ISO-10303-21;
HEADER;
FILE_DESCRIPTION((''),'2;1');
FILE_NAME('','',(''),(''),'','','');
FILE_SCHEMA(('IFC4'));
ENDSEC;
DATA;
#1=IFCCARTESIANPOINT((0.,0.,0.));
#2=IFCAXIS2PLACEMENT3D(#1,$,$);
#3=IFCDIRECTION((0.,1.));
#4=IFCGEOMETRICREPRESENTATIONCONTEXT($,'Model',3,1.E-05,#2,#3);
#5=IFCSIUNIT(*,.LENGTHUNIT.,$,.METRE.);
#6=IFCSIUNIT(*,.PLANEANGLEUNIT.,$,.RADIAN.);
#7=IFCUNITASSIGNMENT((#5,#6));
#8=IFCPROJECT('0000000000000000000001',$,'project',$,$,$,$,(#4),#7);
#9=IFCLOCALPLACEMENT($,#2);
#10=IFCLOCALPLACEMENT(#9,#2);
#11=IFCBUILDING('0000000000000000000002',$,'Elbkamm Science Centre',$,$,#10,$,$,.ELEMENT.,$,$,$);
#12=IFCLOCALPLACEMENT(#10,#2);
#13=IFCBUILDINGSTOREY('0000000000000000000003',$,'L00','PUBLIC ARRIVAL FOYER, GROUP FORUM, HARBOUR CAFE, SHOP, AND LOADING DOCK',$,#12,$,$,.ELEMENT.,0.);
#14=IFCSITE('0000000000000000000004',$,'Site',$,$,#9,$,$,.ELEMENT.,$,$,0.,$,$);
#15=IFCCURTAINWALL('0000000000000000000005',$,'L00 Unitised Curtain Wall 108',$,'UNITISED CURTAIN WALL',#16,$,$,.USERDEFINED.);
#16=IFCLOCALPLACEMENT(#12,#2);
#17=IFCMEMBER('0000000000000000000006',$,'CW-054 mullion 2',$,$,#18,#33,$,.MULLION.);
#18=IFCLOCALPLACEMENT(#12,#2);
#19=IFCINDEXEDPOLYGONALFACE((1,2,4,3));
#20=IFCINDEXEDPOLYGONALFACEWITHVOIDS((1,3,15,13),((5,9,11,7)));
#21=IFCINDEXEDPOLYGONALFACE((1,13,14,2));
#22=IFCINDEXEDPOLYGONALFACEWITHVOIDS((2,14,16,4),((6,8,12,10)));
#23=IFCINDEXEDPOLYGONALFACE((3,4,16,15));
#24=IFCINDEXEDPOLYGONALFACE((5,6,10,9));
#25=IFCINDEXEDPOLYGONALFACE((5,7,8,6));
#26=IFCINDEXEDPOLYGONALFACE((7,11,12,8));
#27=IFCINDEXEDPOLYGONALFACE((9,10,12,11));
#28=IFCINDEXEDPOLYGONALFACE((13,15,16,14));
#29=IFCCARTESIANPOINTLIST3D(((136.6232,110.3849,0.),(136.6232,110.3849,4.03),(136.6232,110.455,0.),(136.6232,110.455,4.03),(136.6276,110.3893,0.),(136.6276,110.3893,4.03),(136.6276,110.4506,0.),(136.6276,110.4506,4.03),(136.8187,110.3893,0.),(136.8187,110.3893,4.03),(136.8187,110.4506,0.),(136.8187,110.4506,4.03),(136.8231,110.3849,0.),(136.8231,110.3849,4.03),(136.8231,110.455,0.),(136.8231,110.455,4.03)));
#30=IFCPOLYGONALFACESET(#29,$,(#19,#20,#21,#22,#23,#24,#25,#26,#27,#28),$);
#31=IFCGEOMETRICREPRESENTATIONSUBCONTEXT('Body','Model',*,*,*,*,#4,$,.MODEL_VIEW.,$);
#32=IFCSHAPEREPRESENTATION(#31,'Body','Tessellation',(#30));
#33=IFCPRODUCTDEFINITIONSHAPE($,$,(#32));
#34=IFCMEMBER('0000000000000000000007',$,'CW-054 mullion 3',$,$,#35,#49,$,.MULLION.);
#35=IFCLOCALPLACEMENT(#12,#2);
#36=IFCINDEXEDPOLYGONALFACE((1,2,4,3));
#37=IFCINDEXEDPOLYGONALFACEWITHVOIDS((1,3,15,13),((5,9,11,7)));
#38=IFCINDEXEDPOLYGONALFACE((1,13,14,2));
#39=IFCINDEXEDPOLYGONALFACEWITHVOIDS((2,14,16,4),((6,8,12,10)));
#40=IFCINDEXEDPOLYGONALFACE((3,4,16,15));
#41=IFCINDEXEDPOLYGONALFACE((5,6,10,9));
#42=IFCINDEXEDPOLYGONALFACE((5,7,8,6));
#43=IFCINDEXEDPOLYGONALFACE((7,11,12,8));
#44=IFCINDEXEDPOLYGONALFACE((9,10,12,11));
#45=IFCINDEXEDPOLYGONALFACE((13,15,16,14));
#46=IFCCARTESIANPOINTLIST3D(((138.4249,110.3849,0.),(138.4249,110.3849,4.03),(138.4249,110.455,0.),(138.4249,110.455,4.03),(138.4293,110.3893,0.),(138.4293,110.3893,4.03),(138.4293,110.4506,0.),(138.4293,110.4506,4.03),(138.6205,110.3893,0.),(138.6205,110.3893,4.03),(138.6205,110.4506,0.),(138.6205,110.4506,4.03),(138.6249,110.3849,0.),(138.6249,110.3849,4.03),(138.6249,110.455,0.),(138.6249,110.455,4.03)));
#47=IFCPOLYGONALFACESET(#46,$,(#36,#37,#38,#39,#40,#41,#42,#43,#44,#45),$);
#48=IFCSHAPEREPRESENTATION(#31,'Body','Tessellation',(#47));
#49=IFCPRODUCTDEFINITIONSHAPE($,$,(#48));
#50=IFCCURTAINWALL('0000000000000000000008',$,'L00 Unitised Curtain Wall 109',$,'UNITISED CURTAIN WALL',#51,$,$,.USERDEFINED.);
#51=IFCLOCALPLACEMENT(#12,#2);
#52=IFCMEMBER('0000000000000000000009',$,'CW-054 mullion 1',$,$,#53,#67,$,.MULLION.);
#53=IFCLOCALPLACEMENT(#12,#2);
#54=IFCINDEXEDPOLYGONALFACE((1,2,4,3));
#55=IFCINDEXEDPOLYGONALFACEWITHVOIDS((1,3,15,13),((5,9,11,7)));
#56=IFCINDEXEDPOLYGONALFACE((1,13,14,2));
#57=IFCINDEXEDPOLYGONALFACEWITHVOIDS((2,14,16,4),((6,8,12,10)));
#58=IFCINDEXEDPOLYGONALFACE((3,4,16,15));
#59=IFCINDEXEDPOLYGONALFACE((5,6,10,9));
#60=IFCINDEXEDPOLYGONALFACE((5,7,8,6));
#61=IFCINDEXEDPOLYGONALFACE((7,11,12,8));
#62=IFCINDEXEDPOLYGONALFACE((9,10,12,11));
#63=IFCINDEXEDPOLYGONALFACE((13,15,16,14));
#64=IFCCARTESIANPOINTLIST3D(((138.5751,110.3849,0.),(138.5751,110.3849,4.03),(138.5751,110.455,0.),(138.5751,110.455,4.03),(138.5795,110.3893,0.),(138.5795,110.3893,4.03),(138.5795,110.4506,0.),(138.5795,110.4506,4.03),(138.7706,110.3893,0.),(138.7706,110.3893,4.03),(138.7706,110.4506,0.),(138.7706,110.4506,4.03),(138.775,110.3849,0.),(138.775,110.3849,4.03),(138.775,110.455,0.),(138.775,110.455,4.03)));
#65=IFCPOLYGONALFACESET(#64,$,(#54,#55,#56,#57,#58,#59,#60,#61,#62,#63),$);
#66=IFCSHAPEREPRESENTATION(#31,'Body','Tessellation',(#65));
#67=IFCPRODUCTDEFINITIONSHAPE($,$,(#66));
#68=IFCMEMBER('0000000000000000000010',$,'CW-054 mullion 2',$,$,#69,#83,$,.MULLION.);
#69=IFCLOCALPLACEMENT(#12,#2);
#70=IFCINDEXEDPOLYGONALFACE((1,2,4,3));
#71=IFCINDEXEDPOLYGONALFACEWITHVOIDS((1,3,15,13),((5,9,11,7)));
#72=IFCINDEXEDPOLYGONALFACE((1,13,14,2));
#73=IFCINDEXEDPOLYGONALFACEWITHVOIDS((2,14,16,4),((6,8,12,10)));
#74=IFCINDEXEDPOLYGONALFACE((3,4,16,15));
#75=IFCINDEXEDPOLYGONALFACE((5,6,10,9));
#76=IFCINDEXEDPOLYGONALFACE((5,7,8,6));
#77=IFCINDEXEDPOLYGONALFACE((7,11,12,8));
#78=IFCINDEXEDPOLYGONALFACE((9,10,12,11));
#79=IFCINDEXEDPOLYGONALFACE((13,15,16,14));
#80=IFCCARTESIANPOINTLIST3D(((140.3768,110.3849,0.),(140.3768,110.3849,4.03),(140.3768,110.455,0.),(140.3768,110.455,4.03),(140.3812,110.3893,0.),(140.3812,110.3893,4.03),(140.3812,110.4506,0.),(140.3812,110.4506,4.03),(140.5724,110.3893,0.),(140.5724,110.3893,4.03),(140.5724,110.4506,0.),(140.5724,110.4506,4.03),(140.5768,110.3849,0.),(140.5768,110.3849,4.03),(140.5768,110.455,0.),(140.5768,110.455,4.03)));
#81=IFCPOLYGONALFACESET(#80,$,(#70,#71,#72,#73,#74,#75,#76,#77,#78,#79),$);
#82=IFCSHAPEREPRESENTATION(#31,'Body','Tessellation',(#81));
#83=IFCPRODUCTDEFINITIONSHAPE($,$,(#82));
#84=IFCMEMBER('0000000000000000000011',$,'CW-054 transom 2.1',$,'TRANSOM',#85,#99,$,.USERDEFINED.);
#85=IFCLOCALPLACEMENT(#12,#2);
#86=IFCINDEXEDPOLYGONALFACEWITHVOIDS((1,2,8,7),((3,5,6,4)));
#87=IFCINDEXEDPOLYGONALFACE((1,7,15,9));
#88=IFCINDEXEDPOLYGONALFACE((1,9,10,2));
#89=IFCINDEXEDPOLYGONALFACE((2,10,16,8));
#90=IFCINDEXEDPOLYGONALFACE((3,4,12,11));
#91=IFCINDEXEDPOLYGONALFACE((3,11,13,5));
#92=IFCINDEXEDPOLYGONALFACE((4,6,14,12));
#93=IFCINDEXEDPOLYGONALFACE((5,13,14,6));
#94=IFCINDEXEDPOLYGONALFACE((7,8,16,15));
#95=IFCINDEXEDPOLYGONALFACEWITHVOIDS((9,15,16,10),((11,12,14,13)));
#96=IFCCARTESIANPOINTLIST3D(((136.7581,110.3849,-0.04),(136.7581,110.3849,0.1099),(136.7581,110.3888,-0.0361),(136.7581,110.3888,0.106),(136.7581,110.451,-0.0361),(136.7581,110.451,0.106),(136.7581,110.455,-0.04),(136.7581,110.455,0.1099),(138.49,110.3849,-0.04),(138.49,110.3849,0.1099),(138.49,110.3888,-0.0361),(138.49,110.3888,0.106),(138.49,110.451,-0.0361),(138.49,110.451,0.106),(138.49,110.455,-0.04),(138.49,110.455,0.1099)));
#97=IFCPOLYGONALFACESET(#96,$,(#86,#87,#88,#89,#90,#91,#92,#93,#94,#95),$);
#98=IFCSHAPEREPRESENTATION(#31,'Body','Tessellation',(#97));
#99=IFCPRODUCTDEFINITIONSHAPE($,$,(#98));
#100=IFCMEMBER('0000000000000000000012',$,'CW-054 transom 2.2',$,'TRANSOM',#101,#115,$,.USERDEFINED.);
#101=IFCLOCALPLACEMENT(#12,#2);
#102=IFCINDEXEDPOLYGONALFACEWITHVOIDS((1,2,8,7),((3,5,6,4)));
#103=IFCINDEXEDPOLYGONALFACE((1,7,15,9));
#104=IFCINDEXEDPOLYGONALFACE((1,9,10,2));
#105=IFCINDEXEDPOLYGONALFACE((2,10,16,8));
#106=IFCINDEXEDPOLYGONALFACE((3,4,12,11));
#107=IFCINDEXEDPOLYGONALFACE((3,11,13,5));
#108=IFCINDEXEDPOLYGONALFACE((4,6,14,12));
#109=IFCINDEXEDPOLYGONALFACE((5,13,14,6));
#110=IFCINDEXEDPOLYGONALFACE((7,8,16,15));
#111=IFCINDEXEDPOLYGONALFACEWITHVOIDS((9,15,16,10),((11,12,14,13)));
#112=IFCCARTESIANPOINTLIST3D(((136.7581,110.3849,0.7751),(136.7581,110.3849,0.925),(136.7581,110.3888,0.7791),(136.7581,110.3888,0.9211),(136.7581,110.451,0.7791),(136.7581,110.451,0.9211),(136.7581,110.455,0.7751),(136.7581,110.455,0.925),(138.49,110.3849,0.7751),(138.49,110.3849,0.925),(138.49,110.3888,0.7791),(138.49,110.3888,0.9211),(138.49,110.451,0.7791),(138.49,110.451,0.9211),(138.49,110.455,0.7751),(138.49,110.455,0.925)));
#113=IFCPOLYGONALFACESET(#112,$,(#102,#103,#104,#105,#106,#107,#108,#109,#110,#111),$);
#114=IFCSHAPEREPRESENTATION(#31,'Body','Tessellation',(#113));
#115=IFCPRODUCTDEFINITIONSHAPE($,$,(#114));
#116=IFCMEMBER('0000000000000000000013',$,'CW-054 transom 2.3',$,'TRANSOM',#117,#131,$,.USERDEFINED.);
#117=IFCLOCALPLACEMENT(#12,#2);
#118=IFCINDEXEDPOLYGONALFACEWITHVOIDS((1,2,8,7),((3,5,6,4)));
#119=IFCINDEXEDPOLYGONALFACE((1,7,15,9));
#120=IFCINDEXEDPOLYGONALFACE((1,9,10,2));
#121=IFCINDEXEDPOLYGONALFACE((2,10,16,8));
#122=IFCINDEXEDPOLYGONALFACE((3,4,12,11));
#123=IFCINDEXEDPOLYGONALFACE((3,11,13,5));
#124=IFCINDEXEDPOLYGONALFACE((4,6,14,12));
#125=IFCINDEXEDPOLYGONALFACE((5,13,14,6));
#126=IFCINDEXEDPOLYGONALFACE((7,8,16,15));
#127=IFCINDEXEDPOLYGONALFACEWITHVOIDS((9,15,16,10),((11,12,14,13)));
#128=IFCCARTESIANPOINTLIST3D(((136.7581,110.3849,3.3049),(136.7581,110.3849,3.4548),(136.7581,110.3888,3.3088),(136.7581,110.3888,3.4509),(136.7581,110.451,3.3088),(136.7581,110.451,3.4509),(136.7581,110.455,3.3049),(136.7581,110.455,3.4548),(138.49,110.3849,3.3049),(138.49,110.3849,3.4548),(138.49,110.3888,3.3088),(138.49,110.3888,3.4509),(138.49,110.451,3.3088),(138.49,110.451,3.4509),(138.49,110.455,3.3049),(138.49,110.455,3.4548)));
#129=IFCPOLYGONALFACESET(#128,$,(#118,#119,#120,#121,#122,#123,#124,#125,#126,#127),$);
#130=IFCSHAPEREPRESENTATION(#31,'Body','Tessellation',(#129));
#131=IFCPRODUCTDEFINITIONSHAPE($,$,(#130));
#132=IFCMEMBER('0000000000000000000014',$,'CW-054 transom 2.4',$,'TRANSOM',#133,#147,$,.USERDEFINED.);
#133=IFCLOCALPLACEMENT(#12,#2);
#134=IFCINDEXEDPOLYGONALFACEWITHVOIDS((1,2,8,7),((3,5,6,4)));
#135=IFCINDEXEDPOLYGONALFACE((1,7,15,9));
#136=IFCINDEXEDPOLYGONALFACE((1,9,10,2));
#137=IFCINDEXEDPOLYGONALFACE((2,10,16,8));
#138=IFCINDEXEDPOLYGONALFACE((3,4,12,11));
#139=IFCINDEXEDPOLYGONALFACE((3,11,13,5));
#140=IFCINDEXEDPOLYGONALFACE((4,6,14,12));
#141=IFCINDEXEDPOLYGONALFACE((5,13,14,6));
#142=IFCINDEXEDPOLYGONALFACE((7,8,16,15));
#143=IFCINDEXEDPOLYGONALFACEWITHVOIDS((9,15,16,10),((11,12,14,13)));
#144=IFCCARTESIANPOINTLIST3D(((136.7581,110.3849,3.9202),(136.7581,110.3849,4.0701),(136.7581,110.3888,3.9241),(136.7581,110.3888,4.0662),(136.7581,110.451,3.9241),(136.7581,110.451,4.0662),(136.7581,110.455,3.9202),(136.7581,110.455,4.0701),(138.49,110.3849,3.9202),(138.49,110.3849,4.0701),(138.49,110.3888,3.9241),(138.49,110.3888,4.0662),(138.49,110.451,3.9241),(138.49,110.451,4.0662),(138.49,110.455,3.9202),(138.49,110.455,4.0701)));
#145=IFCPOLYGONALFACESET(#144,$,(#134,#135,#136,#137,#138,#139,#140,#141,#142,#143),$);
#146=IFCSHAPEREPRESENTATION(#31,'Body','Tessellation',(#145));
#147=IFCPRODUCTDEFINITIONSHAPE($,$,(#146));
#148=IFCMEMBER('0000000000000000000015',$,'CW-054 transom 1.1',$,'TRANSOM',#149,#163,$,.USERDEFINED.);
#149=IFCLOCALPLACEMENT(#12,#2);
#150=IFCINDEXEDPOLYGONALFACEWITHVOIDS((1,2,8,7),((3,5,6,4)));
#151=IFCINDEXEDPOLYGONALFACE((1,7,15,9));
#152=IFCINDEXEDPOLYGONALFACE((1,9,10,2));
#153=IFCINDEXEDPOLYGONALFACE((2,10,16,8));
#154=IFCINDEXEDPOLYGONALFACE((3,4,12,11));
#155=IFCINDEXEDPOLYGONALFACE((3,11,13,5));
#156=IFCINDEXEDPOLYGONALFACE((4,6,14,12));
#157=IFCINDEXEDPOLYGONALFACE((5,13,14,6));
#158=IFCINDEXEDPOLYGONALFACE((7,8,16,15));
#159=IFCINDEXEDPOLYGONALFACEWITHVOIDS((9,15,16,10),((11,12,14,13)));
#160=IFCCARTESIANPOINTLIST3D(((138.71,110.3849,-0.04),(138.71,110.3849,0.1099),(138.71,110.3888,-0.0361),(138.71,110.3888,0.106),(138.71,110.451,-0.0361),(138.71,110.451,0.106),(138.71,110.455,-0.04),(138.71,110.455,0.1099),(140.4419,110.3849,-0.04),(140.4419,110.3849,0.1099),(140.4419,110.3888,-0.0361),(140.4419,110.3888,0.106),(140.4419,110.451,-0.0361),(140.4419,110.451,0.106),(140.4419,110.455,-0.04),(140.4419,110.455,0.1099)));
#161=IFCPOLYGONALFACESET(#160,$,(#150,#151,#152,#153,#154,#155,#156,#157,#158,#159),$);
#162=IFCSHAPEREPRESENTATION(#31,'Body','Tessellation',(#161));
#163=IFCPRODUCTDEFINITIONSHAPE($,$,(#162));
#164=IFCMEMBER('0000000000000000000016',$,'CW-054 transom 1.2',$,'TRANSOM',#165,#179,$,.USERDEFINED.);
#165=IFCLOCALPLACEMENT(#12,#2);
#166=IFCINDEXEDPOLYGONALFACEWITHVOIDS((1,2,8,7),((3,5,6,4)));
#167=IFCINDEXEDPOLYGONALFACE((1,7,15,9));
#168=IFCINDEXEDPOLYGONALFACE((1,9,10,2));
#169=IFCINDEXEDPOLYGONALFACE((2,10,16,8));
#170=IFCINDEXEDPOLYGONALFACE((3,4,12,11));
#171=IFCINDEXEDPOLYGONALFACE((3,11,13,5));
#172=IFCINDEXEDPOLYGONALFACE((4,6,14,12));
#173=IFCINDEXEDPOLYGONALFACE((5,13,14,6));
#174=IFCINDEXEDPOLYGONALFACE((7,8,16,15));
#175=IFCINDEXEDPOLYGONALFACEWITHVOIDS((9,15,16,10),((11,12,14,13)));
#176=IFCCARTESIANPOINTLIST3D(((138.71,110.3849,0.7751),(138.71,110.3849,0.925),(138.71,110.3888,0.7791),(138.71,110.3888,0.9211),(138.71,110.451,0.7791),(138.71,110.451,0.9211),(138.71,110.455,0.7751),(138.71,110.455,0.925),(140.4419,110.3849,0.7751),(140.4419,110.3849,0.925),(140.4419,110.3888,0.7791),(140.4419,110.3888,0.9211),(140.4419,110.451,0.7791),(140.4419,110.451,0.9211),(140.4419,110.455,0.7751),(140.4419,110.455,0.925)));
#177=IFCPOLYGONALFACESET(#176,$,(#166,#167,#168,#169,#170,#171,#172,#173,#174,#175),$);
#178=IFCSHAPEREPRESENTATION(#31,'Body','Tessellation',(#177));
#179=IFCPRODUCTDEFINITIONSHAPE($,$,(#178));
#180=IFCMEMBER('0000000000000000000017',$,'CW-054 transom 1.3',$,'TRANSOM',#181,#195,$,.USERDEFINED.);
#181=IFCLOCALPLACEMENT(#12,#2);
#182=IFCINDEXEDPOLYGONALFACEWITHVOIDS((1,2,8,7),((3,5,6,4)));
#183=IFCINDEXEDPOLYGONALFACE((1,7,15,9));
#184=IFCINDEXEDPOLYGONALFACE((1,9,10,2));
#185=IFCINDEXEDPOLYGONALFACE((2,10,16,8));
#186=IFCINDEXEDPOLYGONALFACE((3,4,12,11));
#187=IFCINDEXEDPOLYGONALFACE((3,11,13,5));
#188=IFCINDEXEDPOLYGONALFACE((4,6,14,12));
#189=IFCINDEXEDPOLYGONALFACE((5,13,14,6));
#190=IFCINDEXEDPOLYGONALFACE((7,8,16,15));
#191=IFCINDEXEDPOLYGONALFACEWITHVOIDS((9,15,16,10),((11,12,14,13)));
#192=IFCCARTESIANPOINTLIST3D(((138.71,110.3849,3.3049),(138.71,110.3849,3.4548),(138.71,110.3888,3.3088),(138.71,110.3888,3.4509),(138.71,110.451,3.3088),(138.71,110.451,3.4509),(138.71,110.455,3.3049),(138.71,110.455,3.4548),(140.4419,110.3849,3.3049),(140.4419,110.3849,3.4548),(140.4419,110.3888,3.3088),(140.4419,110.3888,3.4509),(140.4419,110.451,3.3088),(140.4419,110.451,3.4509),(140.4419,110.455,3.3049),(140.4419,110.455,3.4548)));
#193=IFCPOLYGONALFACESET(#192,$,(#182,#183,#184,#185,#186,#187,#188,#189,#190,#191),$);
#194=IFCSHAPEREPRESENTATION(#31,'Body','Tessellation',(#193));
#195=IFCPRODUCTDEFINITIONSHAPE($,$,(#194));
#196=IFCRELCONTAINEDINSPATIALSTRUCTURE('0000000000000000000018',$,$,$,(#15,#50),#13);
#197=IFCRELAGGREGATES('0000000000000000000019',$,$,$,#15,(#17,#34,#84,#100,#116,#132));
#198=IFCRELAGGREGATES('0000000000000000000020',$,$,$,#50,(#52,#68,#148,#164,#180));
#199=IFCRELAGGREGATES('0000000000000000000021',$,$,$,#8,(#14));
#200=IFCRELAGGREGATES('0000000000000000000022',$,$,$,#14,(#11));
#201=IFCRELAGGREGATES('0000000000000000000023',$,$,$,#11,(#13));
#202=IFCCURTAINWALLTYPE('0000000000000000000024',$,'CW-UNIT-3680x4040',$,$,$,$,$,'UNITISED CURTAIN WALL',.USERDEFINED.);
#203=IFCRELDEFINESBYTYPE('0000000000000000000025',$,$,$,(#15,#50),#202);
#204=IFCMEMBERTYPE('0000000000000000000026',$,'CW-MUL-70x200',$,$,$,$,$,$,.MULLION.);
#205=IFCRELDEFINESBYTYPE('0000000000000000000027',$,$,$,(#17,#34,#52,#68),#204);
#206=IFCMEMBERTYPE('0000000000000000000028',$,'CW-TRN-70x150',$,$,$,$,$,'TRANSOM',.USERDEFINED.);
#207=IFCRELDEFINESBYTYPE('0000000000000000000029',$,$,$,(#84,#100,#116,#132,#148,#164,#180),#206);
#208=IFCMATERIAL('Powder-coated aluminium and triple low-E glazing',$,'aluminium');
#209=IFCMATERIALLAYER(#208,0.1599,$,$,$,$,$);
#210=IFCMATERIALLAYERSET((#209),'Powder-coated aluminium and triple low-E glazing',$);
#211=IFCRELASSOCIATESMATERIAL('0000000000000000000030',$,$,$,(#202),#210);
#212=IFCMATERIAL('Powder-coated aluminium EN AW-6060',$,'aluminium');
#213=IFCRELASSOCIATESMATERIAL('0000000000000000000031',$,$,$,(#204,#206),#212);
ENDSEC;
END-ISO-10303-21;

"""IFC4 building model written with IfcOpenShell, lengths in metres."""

from ifc_helpers import new_model, si_unit, direction, frame, origin, origin_2d, place, context, subcontext, project, spatial, hollow_rectangle, extrude, material, layer, layer_set, material_profile, profile_set, type_object, element, aggregate, save


model = new_model("IFC4")

# Units and contexts
model_context = context("Model", 3, precision=1e-05, world=origin(), true_north=direction((0.0, 1.0)))
body_context = subcontext(model_context, "Body", "Model", "MODEL_VIEW")
ifc_project = project(units=[si_unit("LENGTHUNIT", "METRE"), si_unit("PLANEANGLEUNIT", "RADIAN")], contexts=[model_context])

# Site, building, storey
site_placement = place(None, origin())
site = spatial("IfcSite", under=ifc_project, at=site_placement, Name="Site", CompositionType="ELEMENT", RefElevation=0.0)
building_placement = place(site_placement, origin())
building = spatial("IfcBuilding", under=site, at=building_placement, Name="Elbkamm Science Centre", CompositionType="ELEMENT")
storey_placement = place(building_placement, origin())
storey = spatial("IfcBuildingStorey", under=building, at=storey_placement, Name="L00", Description="PUBLIC ARRIVAL FOYER, GROUP FORUM, HARBOUR CAFE, SHOP, AND LOADING DOCK", CompositionType="ELEMENT", Elevation=0.0)

# Curtain walls, members
ifc_material_1 = material(Name="Powder-coated aluminium and triple low-E glazing", Category="aluminium")
ifc_layer_1 = layer(ifc_material_1, 0.1599)
ifc_layer_set_1 = layer_set([ifc_layer_1], Name="Powder-coated aluminium and triple low-E glazing")
curtain_wall_type = type_object("IfcCurtainWallType", Name="CW-UNIT-3680x4040", ElementType="UNITISED CURTAIN WALL", PredefinedType="USERDEFINED", material=ifc_layer_set_1)
curtain_wall_1_placement = place(storey_placement, origin())
curtain_wall_1 = element("IfcCurtainWall", 1, at=curtain_wall_1_placement, inside=storey, type_object=curtain_wall_type, Name="L00 Unitised Curtain Wall 108", ObjectType="UNITISED CURTAIN WALL", PredefinedType="USERDEFINED")
ifc_material_2 = material(Name="Powder-coated aluminium EN AW-6060", Category="aluminium")
ifc_material_profile_1 = material_profile(ifc_material_2, hollow_rectangle(XDim=0.0701, YDim=0.2, WallThickness=0.0044, at=origin_2d()), Name="ALU M70x200")
ifc_profile_set_1 = profile_set([ifc_material_profile_1], Name="Powder-coated aluminium EN AW-6060")
member_type_1 = type_object("IfcMemberType", Name="CW-MUL-70x200", PredefinedType="MULLION", material=ifc_profile_set_1)
member_1_placement = place(storey_placement, frame((136.7231, 110.4199, 0.0), z_axis=(0.0, 0.0, 1.0), x_axis=(0.0, 1.0, 0.0)))
member_1 = element("IfcMember", 2, at=member_1_placement, type_object=member_type_1, Name="CW-054 mullion 2", PredefinedType="MULLION", context=body_context, shape_type="SweptSolid", body=[
    extrude(hollow_rectangle(XDim=0.0701, YDim=0.2, WallThickness=0.0044, at=origin_2d()), origin(), (0.0, 0.0, 1.0), 4.03),
])
member_2_placement = place(storey_placement, frame((138.5249, 110.4199, 0.0), z_axis=(0.0, 0.0, 1.0), x_axis=(0.0, 1.0, 0.0)))
member_2 = element("IfcMember", 3, at=member_2_placement, type_object=member_type_1, Name="CW-054 mullion 3", PredefinedType="MULLION", context=body_context, shape_type="SweptSolid", body=[
    extrude(hollow_rectangle(XDim=0.0701, YDim=0.2, WallThickness=0.0044, at=origin_2d()), origin(), (0.0, 0.0, 1.0), 4.03),
])
curtain_wall_2_placement = place(storey_placement, origin())
curtain_wall_2 = element("IfcCurtainWall", 4, at=curtain_wall_2_placement, inside=storey, type_object=curtain_wall_type, Name="L00 Unitised Curtain Wall 109", ObjectType="UNITISED CURTAIN WALL", PredefinedType="USERDEFINED")
member_3_placement = place(storey_placement, frame((138.675, 110.4199, 0.0), z_axis=(0.0, 0.0, 1.0), x_axis=(0.0, 1.0, 0.0)))
member_3 = element("IfcMember", 5, at=member_3_placement, type_object=member_type_1, Name="CW-054 mullion 1", PredefinedType="MULLION", context=body_context, shape_type="SweptSolid", body=[
    extrude(hollow_rectangle(XDim=0.0701, YDim=0.2, WallThickness=0.0044, at=origin_2d()), origin(), (0.0, 0.0, 1.0), 4.03),
])
member_4_placement = place(storey_placement, frame((140.4768, 110.4199, 0.0), z_axis=(0.0, 0.0, 1.0), x_axis=(0.0, 1.0, 0.0)))
member_4 = element("IfcMember", 6, at=member_4_placement, type_object=member_type_1, Name="CW-054 mullion 2", PredefinedType="MULLION", context=body_context, shape_type="SweptSolid", body=[
    extrude(hollow_rectangle(XDim=0.0701, YDim=0.2, WallThickness=0.0044, at=origin_2d()), origin(), (0.0, 0.0, 1.0), 4.03),
])

# Members
ifc_material_profile_2 = material_profile(ifc_material_2, hollow_rectangle(XDim=0.0701, YDim=0.1499, WallThickness=0.0039, at=origin_2d()), Name="ALU T70x150")
ifc_profile_set_2 = profile_set([ifc_material_profile_2], Name="Powder-coated aluminium EN AW-6060")
member_type_2 = type_object("IfcMemberType", Name="CW-TRN-70x150", ElementType="TRANSOM", PredefinedType="USERDEFINED", material=ifc_profile_set_2)
member_5_placement = place(storey_placement, frame((136.7581, 110.4199, 0.0349), z_axis=(1.0, 0.0, 0.0), x_axis=(0.0, 1.0, 0.0)))
member_5 = element("IfcMember", 7, at=member_5_placement, type_object=member_type_2, Name="CW-054 transom 2.1", ObjectType="TRANSOM", PredefinedType="USERDEFINED", context=body_context, shape_type="SweptSolid", body=[
    extrude(hollow_rectangle(XDim=0.0701, YDim=0.1499, WallThickness=0.0039, at=origin_2d()), origin(), (0.0, 0.0, 1.0), 1.7319),
])
member_6_placement = place(storey_placement, frame((136.7581, 110.4199, 0.8501), z_axis=(1.0, 0.0, 0.0), x_axis=(0.0, 1.0, 0.0)))
member_6 = element("IfcMember", 8, at=member_6_placement, type_object=member_type_2, Name="CW-054 transom 2.2", ObjectType="TRANSOM", PredefinedType="USERDEFINED", context=body_context, shape_type="SweptSolid", body=[
    extrude(hollow_rectangle(XDim=0.0701, YDim=0.1499, WallThickness=0.0039, at=origin_2d()), origin(), (0.0, 0.0, 1.0), 1.7319),
])
member_7_placement = place(storey_placement, frame((136.7581, 110.4199, 3.3799), z_axis=(1.0, 0.0, 0.0), x_axis=(0.0, 1.0, 0.0)))
member_7 = element("IfcMember", 9, at=member_7_placement, type_object=member_type_2, Name="CW-054 transom 2.3", ObjectType="TRANSOM", PredefinedType="USERDEFINED", context=body_context, shape_type="SweptSolid", body=[
    extrude(hollow_rectangle(XDim=0.0701, YDim=0.1499, WallThickness=0.0039, at=origin_2d()), origin(), (0.0, 0.0, 1.0), 1.7319),
])
member_8_placement = place(storey_placement, frame((136.7581, 110.4199, 3.9951), z_axis=(1.0, 0.0, 0.0), x_axis=(0.0, 1.0, 0.0)))
member_8 = element("IfcMember", 10, at=member_8_placement, type_object=member_type_2, Name="CW-054 transom 2.4", ObjectType="TRANSOM", PredefinedType="USERDEFINED", context=body_context, shape_type="SweptSolid", body=[
    extrude(hollow_rectangle(XDim=0.0701, YDim=0.1499, WallThickness=0.0039, at=origin_2d()), origin(), (0.0, 0.0, 1.0), 1.7319),
])
member_9_placement = place(storey_placement, frame((138.71, 110.4199, 0.0349), z_axis=(1.0, 0.0, 0.0), x_axis=(0.0, 1.0, 0.0)))
member_9 = element("IfcMember", 11, at=member_9_placement, type_object=member_type_2, Name="CW-054 transom 1.1", ObjectType="TRANSOM", PredefinedType="USERDEFINED", context=body_context, shape_type="SweptSolid", body=[
    extrude(hollow_rectangle(XDim=0.0701, YDim=0.1499, WallThickness=0.0039, at=origin_2d()), origin(), (0.0, 0.0, 1.0), 1.7319),
])
member_10_placement = place(storey_placement, frame((138.71, 110.4199, 0.8501), z_axis=(1.0, 0.0, 0.0), x_axis=(0.0, 1.0, 0.0)))
member_10 = element("IfcMember", 12, at=member_10_placement, type_object=member_type_2, Name="CW-054 transom 1.2", ObjectType="TRANSOM", PredefinedType="USERDEFINED", context=body_context, shape_type="SweptSolid", body=[
    extrude(hollow_rectangle(XDim=0.0701, YDim=0.1499, WallThickness=0.0039, at=origin_2d()), origin(), (0.0, 0.0, 1.0), 1.7319),
])
member_11_placement = place(storey_placement, frame((138.71, 110.4199, 3.3799), z_axis=(1.0, 0.0, 0.0), x_axis=(0.0, 1.0, 0.0)))
member_11 = element("IfcMember", 13, at=member_11_placement, type_object=member_type_2, Name="CW-054 transom 1.3", ObjectType="TRANSOM", PredefinedType="USERDEFINED", context=body_context, shape_type="SweptSolid", body=[
    extrude(hollow_rectangle(XDim=0.0701, YDim=0.1499, WallThickness=0.0039, at=origin_2d()), origin(), (0.0, 0.0, 1.0), 1.7319),
])

aggregate(curtain_wall_1, [member_1, member_2, member_5, member_6, member_7, member_8])
aggregate(curtain_wall_2, [member_3, member_4, member_9, member_10, member_11])

save(model, "model.ifc")
